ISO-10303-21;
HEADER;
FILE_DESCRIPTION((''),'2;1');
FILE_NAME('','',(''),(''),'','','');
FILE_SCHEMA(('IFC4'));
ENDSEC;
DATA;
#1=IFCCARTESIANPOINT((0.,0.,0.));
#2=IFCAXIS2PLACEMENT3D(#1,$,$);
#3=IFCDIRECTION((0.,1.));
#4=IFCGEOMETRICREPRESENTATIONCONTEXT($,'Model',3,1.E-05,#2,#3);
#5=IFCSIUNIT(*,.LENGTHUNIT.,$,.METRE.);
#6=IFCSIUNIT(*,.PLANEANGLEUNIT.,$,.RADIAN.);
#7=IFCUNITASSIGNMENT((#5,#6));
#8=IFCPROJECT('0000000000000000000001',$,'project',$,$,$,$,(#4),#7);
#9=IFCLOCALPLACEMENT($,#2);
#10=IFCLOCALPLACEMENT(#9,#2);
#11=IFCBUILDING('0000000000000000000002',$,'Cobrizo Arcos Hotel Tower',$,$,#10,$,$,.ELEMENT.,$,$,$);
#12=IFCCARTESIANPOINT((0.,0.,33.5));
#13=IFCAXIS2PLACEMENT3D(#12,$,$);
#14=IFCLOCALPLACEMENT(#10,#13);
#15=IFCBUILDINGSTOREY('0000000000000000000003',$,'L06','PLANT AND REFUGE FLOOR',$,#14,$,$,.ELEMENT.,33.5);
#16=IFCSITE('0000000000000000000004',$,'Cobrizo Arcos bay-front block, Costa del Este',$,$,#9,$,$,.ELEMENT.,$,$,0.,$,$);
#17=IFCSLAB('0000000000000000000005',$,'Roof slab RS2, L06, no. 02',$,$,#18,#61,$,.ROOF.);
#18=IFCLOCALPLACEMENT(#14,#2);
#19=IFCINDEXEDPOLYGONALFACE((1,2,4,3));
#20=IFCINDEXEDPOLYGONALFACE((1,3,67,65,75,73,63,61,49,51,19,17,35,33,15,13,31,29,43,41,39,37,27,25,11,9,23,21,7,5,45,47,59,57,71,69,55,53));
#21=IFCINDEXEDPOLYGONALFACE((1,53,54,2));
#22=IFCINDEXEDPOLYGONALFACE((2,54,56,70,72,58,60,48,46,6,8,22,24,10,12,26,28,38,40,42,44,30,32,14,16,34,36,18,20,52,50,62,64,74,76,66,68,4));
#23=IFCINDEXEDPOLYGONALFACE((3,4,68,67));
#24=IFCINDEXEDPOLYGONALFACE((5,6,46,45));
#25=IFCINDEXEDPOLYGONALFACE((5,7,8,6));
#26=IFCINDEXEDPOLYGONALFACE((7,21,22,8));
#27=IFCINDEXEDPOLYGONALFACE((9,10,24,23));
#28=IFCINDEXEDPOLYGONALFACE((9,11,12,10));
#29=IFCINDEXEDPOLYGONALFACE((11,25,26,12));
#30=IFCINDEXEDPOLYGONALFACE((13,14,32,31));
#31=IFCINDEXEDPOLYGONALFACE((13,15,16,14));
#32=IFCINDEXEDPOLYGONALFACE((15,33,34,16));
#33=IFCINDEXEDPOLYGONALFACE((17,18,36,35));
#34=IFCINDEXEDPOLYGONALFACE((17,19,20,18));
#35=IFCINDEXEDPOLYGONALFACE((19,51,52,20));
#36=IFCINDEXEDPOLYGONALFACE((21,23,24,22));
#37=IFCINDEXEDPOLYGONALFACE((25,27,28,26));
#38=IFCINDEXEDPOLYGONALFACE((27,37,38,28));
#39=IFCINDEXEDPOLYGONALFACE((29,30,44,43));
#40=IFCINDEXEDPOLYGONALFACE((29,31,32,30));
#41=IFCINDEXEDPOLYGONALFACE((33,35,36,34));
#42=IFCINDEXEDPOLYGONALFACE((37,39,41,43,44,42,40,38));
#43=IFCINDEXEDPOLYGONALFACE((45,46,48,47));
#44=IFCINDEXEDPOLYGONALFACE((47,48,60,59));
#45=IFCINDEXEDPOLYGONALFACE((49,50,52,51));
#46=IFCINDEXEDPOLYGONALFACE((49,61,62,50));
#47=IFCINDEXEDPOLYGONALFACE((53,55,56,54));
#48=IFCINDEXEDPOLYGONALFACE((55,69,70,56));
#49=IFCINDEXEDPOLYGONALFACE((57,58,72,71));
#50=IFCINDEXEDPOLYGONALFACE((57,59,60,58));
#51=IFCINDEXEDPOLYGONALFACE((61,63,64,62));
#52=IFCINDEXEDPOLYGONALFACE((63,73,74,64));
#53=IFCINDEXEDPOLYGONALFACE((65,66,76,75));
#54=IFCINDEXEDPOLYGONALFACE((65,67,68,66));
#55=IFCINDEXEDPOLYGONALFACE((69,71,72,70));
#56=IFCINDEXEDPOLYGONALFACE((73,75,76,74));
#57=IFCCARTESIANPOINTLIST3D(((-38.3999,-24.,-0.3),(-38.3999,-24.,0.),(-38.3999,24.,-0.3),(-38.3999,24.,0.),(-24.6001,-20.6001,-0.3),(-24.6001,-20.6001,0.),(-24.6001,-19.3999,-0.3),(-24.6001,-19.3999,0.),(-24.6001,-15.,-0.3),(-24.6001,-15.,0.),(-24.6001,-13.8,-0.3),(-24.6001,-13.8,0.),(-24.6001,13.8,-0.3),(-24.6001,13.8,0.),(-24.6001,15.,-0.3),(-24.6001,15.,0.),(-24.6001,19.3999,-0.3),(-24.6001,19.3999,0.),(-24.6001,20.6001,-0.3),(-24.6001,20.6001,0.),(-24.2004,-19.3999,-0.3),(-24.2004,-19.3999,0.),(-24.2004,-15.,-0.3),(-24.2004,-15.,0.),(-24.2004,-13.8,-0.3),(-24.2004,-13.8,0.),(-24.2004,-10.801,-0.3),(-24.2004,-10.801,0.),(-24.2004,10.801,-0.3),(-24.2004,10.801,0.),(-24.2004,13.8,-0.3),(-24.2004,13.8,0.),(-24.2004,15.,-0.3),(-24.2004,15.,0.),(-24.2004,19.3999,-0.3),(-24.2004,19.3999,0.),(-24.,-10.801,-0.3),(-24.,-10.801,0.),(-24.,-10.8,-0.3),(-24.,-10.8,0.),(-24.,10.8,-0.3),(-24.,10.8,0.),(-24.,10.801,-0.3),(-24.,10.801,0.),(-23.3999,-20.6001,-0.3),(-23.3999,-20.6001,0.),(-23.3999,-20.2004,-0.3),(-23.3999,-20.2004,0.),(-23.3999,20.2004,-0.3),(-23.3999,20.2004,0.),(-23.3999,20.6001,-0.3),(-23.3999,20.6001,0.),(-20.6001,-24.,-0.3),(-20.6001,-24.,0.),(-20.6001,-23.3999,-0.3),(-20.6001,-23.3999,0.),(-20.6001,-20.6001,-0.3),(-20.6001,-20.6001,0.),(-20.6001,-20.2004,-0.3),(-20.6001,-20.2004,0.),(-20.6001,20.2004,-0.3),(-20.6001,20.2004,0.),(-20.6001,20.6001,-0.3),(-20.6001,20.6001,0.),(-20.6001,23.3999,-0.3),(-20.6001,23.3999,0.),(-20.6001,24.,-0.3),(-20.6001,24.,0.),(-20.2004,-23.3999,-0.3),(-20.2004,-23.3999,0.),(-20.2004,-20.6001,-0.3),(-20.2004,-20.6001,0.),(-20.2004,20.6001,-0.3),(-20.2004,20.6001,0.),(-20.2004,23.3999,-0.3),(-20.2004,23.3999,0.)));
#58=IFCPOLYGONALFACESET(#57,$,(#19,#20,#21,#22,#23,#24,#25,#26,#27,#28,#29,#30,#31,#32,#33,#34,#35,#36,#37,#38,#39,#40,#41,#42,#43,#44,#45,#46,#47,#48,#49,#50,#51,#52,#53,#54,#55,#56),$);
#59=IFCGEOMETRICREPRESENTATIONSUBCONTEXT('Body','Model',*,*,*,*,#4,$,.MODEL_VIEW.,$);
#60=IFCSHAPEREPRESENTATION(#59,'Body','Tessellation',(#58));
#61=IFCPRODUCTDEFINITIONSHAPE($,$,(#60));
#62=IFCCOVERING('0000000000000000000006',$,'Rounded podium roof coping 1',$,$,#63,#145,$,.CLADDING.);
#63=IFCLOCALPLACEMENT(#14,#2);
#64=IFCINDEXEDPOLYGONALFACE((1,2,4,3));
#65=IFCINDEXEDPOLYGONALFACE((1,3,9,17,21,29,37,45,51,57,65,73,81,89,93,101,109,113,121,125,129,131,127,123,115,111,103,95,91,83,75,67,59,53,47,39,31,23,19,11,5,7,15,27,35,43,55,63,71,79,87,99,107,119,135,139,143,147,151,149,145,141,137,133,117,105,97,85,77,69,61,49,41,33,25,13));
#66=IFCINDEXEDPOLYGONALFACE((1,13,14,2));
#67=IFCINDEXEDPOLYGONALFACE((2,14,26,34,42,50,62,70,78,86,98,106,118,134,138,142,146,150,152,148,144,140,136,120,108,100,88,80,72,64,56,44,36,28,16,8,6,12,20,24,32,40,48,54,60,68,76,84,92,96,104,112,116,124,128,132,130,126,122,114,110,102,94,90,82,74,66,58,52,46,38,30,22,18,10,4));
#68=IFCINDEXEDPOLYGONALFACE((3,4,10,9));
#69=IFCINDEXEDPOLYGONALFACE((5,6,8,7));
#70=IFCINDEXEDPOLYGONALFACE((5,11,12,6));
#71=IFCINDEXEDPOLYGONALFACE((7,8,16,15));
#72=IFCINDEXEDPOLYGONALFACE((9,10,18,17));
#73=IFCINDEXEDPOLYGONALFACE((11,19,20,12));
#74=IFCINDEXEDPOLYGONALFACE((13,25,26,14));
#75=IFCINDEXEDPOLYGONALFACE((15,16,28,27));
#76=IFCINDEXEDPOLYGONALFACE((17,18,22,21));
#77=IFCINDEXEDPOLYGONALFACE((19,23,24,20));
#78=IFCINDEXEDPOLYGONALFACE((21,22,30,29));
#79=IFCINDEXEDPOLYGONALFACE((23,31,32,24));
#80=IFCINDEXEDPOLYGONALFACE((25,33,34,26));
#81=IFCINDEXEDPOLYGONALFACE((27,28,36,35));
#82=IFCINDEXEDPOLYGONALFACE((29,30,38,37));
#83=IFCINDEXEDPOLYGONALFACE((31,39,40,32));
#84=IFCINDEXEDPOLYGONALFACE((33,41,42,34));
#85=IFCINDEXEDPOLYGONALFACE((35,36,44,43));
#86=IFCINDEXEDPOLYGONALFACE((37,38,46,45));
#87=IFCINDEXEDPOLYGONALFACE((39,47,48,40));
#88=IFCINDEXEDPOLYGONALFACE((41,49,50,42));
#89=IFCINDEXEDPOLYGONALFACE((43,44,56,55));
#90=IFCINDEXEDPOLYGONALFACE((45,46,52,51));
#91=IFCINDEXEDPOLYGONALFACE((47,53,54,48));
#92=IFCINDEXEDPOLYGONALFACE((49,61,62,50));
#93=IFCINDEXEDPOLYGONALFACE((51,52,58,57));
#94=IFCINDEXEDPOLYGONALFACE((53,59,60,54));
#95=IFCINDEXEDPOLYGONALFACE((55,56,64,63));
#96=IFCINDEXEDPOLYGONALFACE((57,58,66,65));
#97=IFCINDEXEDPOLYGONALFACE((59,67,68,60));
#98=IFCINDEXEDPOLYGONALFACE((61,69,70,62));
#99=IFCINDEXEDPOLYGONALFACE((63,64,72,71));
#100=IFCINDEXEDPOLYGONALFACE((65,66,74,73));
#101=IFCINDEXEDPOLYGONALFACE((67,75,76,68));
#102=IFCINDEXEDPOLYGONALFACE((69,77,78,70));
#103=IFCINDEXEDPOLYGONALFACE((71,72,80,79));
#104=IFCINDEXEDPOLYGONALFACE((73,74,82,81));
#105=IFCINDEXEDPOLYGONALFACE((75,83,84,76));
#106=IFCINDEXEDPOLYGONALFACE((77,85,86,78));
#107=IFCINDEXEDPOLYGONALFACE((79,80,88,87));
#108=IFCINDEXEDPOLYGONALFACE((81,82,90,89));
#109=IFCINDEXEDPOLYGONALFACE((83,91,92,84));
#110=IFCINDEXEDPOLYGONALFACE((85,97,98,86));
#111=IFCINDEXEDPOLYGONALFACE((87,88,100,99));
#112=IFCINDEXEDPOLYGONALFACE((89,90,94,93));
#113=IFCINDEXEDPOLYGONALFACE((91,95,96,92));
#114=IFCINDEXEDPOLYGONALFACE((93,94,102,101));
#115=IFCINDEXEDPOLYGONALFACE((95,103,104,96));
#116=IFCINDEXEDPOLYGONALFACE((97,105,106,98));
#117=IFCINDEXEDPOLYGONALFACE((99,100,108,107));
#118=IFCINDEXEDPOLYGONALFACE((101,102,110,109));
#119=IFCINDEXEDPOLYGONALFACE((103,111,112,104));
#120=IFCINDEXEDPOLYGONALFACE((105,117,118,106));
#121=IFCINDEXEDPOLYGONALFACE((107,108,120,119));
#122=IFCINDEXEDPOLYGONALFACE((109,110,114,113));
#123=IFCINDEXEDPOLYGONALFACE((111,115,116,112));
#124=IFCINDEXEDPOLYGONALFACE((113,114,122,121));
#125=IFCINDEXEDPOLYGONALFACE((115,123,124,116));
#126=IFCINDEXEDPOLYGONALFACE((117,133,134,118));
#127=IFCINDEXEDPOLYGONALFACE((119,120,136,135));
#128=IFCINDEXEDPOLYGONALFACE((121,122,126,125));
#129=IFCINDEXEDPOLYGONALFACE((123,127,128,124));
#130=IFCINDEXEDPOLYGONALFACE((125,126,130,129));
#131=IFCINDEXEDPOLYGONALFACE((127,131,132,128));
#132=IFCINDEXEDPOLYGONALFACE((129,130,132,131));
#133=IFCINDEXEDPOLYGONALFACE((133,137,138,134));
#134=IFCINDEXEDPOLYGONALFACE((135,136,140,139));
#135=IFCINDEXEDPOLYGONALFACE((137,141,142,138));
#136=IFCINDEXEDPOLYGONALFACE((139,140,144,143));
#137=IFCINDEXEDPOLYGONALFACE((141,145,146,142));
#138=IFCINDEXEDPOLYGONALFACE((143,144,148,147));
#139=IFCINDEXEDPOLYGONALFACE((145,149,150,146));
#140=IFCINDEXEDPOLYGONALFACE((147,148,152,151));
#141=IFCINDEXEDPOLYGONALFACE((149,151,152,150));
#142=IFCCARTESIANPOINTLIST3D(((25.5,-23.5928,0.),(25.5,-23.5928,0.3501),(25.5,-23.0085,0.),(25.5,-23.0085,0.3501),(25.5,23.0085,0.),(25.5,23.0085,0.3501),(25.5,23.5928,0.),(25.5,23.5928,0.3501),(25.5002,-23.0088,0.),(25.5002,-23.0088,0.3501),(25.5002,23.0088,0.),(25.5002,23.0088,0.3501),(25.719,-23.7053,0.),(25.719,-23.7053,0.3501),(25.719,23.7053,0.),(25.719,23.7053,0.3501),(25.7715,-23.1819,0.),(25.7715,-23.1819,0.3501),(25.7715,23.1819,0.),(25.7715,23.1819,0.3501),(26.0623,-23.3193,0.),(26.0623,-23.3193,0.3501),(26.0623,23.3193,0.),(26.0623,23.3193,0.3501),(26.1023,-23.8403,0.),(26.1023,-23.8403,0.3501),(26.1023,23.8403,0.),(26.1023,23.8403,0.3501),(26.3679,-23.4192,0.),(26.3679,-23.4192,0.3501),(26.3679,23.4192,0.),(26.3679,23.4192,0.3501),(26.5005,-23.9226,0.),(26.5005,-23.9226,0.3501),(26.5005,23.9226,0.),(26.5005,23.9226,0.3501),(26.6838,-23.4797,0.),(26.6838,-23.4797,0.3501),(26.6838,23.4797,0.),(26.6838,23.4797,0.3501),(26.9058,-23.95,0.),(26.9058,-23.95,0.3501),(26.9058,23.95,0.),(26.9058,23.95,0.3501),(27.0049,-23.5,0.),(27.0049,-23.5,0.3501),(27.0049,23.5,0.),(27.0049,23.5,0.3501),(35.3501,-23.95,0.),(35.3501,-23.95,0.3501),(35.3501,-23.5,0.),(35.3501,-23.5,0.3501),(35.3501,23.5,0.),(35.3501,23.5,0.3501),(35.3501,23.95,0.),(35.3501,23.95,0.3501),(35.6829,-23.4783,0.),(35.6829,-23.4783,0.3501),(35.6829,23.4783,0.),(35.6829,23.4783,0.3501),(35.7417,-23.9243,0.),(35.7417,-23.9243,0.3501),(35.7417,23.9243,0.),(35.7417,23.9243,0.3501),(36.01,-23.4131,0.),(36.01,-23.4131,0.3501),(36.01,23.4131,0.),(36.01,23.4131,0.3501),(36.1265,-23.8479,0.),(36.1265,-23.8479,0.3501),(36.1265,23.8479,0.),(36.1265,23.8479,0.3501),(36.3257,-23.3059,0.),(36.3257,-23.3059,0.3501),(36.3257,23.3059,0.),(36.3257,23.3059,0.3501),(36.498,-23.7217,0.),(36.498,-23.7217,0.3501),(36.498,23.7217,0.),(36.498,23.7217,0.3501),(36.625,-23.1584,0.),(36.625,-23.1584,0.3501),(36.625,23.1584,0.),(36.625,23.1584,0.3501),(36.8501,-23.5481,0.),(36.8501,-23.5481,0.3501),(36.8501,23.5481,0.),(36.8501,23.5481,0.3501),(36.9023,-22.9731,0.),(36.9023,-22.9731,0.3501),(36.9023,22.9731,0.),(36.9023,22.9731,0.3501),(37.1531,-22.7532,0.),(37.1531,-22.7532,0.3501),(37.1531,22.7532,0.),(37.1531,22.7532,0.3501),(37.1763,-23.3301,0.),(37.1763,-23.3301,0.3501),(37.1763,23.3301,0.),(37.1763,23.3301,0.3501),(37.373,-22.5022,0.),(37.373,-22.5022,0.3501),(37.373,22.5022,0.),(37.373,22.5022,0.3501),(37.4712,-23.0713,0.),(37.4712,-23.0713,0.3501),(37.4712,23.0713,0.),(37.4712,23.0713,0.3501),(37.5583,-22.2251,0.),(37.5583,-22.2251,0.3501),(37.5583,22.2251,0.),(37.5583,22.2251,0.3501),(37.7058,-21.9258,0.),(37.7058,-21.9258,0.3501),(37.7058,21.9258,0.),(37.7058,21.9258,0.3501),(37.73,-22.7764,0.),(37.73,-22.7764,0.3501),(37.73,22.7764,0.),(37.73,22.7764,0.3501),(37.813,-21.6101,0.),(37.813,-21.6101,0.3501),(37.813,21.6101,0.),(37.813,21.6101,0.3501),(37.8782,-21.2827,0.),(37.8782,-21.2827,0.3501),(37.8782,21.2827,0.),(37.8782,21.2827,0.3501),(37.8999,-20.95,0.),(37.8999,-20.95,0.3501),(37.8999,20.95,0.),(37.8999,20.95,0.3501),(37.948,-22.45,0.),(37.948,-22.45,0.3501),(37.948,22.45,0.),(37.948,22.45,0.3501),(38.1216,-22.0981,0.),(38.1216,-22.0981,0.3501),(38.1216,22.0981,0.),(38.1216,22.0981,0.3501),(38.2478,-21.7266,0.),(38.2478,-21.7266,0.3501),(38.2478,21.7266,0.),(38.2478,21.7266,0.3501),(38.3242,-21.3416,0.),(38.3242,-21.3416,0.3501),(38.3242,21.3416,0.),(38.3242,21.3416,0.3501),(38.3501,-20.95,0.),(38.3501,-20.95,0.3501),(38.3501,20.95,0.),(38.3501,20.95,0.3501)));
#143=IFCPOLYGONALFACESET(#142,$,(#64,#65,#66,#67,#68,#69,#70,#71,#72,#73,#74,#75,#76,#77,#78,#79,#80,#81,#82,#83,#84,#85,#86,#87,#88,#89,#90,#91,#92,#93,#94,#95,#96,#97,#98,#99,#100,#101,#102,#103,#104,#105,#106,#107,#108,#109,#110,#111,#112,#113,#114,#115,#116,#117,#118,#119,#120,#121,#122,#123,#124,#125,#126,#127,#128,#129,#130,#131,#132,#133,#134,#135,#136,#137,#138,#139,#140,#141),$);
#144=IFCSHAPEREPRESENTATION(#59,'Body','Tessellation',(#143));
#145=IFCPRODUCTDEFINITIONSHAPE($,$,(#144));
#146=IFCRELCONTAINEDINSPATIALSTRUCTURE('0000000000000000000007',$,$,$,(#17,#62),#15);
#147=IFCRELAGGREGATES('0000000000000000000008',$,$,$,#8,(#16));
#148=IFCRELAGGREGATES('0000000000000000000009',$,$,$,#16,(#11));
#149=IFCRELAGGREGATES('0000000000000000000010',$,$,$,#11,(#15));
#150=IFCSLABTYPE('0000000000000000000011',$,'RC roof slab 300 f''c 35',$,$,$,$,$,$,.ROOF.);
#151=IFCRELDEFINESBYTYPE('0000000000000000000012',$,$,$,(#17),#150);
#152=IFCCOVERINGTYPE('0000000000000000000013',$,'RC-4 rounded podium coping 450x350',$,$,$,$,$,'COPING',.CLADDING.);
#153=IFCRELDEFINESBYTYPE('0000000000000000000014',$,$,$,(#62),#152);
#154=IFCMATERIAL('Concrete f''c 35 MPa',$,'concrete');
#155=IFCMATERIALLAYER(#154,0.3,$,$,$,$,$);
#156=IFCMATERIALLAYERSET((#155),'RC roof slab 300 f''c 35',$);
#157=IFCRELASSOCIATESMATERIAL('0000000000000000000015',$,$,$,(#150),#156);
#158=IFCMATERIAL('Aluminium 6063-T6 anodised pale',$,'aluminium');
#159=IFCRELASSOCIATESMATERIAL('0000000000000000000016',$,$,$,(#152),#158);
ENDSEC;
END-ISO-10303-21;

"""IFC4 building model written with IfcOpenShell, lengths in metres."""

from ifc_helpers import new_model, si_unit, direction, frame, origin, place, context, subcontext, project, spatial, polyline, outline, extrude, material, layer, layer_set, type_object, element, save


model = new_model("IFC4")

# Units and contexts
model_context = context("Model", 3, precision=1e-05, world=origin(), true_north=direction((0.0, 1.0)))
body_context = subcontext(model_context, "Body", "Model", "MODEL_VIEW")
ifc_project = project(units=[si_unit("LENGTHUNIT", "METRE"), si_unit("PLANEANGLEUNIT", "RADIAN")], contexts=[model_context])

# Site, building, storey
site_placement = place(None, origin())
site = spatial("IfcSite", under=ifc_project, at=site_placement, Name="Cobrizo Arcos bay-front block, Costa del Este", CompositionType="ELEMENT", RefElevation=0.0)
building_placement = place(site_placement, origin())
building = spatial("IfcBuilding", under=site, at=building_placement, Name="Cobrizo Arcos Hotel Tower", CompositionType="ELEMENT")
storey_placement = place(building_placement, frame((0.0, 0.0, 33.5)))
storey = spatial("IfcBuildingStorey", under=building, at=storey_placement, Name="L06", Description="PLANT AND REFUGE FLOOR", CompositionType="ELEMENT", Elevation=33.5)

# Slab
ifc_material_1 = material(Name="Concrete f'c 35 MPa", Category="concrete")
ifc_layer_1 = layer(ifc_material_1, 0.3)
ifc_layer_set_1 = layer_set([ifc_layer_1], Name="RC roof slab 300 f'c 35")
slab_type_1 = type_object("IfcSlabType", Name="RC roof slab 300 f'c 35", PredefinedType="ROOF", material=ifc_layer_set_1)
slab_1_placement = place(storey_placement, frame((0.0, 0.0, -0.3)))
element("IfcSlab", 1, at=slab_1_placement, inside=storey, type_object=slab_type_1, Name="Roof slab RS2, L06, no. 02", PredefinedType="ROOF", context=body_context, shape_type="SweptSolid", body=[
    extrude(outline(polyline([(-20.6001, 24.0), (-20.6001, 23.3999), (-20.2004, 23.3999), (-20.2004, 20.6001), (-20.6001, 20.6001), (-20.6001, 20.2004), (-23.3999, 20.2004), (-23.3999, 20.6001), (-24.6001, 20.6001), (-24.6001, 19.3999), (-24.2004, 19.3999), (-24.2004, 15.0), (-24.6001, 15.0), (-24.6001, 13.8), (-24.2004, 13.8), (-24.2004, 10.801), (-24.0, 10.801), (-24.0, 10.8), (-24.0, -10.8), (-24.0, -10.801), (-24.2004, -10.801), (-24.2004, -13.8), (-24.6001, -13.8), (-24.6001, -15.0), (-24.2004, -15.0), (-24.2004, -19.3999), (-24.6001, -19.3999), (-24.6001, -20.6001), (-23.3999, -20.6001), (-23.3999, -20.2004), (-20.6001, -20.2004), (-20.6001, -20.6001), (-20.2004, -20.6001), (-20.2004, -23.3999), (-20.6001, -23.3999), (-20.6001, -24.0), (-38.3999, -24.0), (-38.3999, 24.0), (-20.6001, 24.0)])), origin(), (0.0, 0.0, 1.0), 0.3),
])

# Covering
ifc_material_2 = material(Name="Aluminium 6063-T6 anodised pale", Category="aluminium")
covering_type = type_object("IfcCoveringType", Name="RC-4 rounded podium coping 450x350", ElementType="COPING", PredefinedType="CLADDING", material=ifc_material_2)
covering_1_placement = place(storey_placement, origin())
element("IfcCovering", 2, at=covering_1_placement, inside=storey, type_object=covering_type, Name="Rounded podium roof coping 1", PredefinedType="CLADDING", context=body_context, shape_type="SweptSolid", body=[
    extrude(outline(polyline([(25.719, 23.7053), (26.1023, 23.8403), (26.5005, 23.9226), (26.9058, 23.95), (35.3501, 23.95), (35.7417, 23.9243), (36.1265, 23.8479), (36.498, 23.7217), (36.8501, 23.5481), (37.1763, 23.3301), (37.4712, 23.0713), (37.73, 22.7764), (37.948, 22.45), (38.1216, 22.0981), (38.2478, 21.7266), (38.3242, 21.3416), (38.3501, 20.95), (38.3501, -20.95), (38.3242, -21.3416), (38.2478, -21.7266), (38.1216, -22.0981), (37.948, -22.45), (37.73, -22.7764), (37.4712, -23.0713), (37.1763, -23.3301), (36.8501, -23.5481), (36.498, -23.7217), (36.1265, -23.8479), (35.7417, -23.9243), (35.3501, -23.95), (26.9058, -23.95), (26.5005, -23.9226), (26.1023, -23.8403), (25.719, -23.7053), (25.5, -23.5928), (25.5, -23.0085), (25.5002, -23.0088), (25.7715, -23.1819), (26.0623, -23.3193), (26.3679, -23.4192), (26.6838, -23.4797), (27.0049, -23.5), (35.3501, -23.5), (35.6829, -23.4783), (36.01, -23.4131), (36.3257, -23.3059), (36.625, -23.1584), (36.9023, -22.9731), (37.1531, -22.7532), (37.373, -22.5022), (37.5583, -22.2251), (37.7058, -21.9258), (37.813, -21.6101), (37.8782, -21.2827), (37.8999, -20.95), (37.8999, 20.95), (37.8782, 21.2827), (37.813, 21.6101), (37.7058, 21.9258), (37.5583, 22.2251), (37.373, 22.5022), (37.1531, 22.7532), (36.9023, 22.9731), (36.625, 23.1584), (36.3257, 23.3059), (36.01, 23.4131), (35.6829, 23.4783), (35.3501, 23.5), (27.0049, 23.5), (26.6838, 23.4797), (26.3679, 23.4192), (26.0623, 23.3193), (25.7715, 23.1819), (25.5002, 23.0088), (25.5, 23.0085), (25.5, 23.5928), (25.719, 23.7053)])), origin(), (0.0, 0.0, 1.0), 0.3501),
])

save(model, "model.ifc")
